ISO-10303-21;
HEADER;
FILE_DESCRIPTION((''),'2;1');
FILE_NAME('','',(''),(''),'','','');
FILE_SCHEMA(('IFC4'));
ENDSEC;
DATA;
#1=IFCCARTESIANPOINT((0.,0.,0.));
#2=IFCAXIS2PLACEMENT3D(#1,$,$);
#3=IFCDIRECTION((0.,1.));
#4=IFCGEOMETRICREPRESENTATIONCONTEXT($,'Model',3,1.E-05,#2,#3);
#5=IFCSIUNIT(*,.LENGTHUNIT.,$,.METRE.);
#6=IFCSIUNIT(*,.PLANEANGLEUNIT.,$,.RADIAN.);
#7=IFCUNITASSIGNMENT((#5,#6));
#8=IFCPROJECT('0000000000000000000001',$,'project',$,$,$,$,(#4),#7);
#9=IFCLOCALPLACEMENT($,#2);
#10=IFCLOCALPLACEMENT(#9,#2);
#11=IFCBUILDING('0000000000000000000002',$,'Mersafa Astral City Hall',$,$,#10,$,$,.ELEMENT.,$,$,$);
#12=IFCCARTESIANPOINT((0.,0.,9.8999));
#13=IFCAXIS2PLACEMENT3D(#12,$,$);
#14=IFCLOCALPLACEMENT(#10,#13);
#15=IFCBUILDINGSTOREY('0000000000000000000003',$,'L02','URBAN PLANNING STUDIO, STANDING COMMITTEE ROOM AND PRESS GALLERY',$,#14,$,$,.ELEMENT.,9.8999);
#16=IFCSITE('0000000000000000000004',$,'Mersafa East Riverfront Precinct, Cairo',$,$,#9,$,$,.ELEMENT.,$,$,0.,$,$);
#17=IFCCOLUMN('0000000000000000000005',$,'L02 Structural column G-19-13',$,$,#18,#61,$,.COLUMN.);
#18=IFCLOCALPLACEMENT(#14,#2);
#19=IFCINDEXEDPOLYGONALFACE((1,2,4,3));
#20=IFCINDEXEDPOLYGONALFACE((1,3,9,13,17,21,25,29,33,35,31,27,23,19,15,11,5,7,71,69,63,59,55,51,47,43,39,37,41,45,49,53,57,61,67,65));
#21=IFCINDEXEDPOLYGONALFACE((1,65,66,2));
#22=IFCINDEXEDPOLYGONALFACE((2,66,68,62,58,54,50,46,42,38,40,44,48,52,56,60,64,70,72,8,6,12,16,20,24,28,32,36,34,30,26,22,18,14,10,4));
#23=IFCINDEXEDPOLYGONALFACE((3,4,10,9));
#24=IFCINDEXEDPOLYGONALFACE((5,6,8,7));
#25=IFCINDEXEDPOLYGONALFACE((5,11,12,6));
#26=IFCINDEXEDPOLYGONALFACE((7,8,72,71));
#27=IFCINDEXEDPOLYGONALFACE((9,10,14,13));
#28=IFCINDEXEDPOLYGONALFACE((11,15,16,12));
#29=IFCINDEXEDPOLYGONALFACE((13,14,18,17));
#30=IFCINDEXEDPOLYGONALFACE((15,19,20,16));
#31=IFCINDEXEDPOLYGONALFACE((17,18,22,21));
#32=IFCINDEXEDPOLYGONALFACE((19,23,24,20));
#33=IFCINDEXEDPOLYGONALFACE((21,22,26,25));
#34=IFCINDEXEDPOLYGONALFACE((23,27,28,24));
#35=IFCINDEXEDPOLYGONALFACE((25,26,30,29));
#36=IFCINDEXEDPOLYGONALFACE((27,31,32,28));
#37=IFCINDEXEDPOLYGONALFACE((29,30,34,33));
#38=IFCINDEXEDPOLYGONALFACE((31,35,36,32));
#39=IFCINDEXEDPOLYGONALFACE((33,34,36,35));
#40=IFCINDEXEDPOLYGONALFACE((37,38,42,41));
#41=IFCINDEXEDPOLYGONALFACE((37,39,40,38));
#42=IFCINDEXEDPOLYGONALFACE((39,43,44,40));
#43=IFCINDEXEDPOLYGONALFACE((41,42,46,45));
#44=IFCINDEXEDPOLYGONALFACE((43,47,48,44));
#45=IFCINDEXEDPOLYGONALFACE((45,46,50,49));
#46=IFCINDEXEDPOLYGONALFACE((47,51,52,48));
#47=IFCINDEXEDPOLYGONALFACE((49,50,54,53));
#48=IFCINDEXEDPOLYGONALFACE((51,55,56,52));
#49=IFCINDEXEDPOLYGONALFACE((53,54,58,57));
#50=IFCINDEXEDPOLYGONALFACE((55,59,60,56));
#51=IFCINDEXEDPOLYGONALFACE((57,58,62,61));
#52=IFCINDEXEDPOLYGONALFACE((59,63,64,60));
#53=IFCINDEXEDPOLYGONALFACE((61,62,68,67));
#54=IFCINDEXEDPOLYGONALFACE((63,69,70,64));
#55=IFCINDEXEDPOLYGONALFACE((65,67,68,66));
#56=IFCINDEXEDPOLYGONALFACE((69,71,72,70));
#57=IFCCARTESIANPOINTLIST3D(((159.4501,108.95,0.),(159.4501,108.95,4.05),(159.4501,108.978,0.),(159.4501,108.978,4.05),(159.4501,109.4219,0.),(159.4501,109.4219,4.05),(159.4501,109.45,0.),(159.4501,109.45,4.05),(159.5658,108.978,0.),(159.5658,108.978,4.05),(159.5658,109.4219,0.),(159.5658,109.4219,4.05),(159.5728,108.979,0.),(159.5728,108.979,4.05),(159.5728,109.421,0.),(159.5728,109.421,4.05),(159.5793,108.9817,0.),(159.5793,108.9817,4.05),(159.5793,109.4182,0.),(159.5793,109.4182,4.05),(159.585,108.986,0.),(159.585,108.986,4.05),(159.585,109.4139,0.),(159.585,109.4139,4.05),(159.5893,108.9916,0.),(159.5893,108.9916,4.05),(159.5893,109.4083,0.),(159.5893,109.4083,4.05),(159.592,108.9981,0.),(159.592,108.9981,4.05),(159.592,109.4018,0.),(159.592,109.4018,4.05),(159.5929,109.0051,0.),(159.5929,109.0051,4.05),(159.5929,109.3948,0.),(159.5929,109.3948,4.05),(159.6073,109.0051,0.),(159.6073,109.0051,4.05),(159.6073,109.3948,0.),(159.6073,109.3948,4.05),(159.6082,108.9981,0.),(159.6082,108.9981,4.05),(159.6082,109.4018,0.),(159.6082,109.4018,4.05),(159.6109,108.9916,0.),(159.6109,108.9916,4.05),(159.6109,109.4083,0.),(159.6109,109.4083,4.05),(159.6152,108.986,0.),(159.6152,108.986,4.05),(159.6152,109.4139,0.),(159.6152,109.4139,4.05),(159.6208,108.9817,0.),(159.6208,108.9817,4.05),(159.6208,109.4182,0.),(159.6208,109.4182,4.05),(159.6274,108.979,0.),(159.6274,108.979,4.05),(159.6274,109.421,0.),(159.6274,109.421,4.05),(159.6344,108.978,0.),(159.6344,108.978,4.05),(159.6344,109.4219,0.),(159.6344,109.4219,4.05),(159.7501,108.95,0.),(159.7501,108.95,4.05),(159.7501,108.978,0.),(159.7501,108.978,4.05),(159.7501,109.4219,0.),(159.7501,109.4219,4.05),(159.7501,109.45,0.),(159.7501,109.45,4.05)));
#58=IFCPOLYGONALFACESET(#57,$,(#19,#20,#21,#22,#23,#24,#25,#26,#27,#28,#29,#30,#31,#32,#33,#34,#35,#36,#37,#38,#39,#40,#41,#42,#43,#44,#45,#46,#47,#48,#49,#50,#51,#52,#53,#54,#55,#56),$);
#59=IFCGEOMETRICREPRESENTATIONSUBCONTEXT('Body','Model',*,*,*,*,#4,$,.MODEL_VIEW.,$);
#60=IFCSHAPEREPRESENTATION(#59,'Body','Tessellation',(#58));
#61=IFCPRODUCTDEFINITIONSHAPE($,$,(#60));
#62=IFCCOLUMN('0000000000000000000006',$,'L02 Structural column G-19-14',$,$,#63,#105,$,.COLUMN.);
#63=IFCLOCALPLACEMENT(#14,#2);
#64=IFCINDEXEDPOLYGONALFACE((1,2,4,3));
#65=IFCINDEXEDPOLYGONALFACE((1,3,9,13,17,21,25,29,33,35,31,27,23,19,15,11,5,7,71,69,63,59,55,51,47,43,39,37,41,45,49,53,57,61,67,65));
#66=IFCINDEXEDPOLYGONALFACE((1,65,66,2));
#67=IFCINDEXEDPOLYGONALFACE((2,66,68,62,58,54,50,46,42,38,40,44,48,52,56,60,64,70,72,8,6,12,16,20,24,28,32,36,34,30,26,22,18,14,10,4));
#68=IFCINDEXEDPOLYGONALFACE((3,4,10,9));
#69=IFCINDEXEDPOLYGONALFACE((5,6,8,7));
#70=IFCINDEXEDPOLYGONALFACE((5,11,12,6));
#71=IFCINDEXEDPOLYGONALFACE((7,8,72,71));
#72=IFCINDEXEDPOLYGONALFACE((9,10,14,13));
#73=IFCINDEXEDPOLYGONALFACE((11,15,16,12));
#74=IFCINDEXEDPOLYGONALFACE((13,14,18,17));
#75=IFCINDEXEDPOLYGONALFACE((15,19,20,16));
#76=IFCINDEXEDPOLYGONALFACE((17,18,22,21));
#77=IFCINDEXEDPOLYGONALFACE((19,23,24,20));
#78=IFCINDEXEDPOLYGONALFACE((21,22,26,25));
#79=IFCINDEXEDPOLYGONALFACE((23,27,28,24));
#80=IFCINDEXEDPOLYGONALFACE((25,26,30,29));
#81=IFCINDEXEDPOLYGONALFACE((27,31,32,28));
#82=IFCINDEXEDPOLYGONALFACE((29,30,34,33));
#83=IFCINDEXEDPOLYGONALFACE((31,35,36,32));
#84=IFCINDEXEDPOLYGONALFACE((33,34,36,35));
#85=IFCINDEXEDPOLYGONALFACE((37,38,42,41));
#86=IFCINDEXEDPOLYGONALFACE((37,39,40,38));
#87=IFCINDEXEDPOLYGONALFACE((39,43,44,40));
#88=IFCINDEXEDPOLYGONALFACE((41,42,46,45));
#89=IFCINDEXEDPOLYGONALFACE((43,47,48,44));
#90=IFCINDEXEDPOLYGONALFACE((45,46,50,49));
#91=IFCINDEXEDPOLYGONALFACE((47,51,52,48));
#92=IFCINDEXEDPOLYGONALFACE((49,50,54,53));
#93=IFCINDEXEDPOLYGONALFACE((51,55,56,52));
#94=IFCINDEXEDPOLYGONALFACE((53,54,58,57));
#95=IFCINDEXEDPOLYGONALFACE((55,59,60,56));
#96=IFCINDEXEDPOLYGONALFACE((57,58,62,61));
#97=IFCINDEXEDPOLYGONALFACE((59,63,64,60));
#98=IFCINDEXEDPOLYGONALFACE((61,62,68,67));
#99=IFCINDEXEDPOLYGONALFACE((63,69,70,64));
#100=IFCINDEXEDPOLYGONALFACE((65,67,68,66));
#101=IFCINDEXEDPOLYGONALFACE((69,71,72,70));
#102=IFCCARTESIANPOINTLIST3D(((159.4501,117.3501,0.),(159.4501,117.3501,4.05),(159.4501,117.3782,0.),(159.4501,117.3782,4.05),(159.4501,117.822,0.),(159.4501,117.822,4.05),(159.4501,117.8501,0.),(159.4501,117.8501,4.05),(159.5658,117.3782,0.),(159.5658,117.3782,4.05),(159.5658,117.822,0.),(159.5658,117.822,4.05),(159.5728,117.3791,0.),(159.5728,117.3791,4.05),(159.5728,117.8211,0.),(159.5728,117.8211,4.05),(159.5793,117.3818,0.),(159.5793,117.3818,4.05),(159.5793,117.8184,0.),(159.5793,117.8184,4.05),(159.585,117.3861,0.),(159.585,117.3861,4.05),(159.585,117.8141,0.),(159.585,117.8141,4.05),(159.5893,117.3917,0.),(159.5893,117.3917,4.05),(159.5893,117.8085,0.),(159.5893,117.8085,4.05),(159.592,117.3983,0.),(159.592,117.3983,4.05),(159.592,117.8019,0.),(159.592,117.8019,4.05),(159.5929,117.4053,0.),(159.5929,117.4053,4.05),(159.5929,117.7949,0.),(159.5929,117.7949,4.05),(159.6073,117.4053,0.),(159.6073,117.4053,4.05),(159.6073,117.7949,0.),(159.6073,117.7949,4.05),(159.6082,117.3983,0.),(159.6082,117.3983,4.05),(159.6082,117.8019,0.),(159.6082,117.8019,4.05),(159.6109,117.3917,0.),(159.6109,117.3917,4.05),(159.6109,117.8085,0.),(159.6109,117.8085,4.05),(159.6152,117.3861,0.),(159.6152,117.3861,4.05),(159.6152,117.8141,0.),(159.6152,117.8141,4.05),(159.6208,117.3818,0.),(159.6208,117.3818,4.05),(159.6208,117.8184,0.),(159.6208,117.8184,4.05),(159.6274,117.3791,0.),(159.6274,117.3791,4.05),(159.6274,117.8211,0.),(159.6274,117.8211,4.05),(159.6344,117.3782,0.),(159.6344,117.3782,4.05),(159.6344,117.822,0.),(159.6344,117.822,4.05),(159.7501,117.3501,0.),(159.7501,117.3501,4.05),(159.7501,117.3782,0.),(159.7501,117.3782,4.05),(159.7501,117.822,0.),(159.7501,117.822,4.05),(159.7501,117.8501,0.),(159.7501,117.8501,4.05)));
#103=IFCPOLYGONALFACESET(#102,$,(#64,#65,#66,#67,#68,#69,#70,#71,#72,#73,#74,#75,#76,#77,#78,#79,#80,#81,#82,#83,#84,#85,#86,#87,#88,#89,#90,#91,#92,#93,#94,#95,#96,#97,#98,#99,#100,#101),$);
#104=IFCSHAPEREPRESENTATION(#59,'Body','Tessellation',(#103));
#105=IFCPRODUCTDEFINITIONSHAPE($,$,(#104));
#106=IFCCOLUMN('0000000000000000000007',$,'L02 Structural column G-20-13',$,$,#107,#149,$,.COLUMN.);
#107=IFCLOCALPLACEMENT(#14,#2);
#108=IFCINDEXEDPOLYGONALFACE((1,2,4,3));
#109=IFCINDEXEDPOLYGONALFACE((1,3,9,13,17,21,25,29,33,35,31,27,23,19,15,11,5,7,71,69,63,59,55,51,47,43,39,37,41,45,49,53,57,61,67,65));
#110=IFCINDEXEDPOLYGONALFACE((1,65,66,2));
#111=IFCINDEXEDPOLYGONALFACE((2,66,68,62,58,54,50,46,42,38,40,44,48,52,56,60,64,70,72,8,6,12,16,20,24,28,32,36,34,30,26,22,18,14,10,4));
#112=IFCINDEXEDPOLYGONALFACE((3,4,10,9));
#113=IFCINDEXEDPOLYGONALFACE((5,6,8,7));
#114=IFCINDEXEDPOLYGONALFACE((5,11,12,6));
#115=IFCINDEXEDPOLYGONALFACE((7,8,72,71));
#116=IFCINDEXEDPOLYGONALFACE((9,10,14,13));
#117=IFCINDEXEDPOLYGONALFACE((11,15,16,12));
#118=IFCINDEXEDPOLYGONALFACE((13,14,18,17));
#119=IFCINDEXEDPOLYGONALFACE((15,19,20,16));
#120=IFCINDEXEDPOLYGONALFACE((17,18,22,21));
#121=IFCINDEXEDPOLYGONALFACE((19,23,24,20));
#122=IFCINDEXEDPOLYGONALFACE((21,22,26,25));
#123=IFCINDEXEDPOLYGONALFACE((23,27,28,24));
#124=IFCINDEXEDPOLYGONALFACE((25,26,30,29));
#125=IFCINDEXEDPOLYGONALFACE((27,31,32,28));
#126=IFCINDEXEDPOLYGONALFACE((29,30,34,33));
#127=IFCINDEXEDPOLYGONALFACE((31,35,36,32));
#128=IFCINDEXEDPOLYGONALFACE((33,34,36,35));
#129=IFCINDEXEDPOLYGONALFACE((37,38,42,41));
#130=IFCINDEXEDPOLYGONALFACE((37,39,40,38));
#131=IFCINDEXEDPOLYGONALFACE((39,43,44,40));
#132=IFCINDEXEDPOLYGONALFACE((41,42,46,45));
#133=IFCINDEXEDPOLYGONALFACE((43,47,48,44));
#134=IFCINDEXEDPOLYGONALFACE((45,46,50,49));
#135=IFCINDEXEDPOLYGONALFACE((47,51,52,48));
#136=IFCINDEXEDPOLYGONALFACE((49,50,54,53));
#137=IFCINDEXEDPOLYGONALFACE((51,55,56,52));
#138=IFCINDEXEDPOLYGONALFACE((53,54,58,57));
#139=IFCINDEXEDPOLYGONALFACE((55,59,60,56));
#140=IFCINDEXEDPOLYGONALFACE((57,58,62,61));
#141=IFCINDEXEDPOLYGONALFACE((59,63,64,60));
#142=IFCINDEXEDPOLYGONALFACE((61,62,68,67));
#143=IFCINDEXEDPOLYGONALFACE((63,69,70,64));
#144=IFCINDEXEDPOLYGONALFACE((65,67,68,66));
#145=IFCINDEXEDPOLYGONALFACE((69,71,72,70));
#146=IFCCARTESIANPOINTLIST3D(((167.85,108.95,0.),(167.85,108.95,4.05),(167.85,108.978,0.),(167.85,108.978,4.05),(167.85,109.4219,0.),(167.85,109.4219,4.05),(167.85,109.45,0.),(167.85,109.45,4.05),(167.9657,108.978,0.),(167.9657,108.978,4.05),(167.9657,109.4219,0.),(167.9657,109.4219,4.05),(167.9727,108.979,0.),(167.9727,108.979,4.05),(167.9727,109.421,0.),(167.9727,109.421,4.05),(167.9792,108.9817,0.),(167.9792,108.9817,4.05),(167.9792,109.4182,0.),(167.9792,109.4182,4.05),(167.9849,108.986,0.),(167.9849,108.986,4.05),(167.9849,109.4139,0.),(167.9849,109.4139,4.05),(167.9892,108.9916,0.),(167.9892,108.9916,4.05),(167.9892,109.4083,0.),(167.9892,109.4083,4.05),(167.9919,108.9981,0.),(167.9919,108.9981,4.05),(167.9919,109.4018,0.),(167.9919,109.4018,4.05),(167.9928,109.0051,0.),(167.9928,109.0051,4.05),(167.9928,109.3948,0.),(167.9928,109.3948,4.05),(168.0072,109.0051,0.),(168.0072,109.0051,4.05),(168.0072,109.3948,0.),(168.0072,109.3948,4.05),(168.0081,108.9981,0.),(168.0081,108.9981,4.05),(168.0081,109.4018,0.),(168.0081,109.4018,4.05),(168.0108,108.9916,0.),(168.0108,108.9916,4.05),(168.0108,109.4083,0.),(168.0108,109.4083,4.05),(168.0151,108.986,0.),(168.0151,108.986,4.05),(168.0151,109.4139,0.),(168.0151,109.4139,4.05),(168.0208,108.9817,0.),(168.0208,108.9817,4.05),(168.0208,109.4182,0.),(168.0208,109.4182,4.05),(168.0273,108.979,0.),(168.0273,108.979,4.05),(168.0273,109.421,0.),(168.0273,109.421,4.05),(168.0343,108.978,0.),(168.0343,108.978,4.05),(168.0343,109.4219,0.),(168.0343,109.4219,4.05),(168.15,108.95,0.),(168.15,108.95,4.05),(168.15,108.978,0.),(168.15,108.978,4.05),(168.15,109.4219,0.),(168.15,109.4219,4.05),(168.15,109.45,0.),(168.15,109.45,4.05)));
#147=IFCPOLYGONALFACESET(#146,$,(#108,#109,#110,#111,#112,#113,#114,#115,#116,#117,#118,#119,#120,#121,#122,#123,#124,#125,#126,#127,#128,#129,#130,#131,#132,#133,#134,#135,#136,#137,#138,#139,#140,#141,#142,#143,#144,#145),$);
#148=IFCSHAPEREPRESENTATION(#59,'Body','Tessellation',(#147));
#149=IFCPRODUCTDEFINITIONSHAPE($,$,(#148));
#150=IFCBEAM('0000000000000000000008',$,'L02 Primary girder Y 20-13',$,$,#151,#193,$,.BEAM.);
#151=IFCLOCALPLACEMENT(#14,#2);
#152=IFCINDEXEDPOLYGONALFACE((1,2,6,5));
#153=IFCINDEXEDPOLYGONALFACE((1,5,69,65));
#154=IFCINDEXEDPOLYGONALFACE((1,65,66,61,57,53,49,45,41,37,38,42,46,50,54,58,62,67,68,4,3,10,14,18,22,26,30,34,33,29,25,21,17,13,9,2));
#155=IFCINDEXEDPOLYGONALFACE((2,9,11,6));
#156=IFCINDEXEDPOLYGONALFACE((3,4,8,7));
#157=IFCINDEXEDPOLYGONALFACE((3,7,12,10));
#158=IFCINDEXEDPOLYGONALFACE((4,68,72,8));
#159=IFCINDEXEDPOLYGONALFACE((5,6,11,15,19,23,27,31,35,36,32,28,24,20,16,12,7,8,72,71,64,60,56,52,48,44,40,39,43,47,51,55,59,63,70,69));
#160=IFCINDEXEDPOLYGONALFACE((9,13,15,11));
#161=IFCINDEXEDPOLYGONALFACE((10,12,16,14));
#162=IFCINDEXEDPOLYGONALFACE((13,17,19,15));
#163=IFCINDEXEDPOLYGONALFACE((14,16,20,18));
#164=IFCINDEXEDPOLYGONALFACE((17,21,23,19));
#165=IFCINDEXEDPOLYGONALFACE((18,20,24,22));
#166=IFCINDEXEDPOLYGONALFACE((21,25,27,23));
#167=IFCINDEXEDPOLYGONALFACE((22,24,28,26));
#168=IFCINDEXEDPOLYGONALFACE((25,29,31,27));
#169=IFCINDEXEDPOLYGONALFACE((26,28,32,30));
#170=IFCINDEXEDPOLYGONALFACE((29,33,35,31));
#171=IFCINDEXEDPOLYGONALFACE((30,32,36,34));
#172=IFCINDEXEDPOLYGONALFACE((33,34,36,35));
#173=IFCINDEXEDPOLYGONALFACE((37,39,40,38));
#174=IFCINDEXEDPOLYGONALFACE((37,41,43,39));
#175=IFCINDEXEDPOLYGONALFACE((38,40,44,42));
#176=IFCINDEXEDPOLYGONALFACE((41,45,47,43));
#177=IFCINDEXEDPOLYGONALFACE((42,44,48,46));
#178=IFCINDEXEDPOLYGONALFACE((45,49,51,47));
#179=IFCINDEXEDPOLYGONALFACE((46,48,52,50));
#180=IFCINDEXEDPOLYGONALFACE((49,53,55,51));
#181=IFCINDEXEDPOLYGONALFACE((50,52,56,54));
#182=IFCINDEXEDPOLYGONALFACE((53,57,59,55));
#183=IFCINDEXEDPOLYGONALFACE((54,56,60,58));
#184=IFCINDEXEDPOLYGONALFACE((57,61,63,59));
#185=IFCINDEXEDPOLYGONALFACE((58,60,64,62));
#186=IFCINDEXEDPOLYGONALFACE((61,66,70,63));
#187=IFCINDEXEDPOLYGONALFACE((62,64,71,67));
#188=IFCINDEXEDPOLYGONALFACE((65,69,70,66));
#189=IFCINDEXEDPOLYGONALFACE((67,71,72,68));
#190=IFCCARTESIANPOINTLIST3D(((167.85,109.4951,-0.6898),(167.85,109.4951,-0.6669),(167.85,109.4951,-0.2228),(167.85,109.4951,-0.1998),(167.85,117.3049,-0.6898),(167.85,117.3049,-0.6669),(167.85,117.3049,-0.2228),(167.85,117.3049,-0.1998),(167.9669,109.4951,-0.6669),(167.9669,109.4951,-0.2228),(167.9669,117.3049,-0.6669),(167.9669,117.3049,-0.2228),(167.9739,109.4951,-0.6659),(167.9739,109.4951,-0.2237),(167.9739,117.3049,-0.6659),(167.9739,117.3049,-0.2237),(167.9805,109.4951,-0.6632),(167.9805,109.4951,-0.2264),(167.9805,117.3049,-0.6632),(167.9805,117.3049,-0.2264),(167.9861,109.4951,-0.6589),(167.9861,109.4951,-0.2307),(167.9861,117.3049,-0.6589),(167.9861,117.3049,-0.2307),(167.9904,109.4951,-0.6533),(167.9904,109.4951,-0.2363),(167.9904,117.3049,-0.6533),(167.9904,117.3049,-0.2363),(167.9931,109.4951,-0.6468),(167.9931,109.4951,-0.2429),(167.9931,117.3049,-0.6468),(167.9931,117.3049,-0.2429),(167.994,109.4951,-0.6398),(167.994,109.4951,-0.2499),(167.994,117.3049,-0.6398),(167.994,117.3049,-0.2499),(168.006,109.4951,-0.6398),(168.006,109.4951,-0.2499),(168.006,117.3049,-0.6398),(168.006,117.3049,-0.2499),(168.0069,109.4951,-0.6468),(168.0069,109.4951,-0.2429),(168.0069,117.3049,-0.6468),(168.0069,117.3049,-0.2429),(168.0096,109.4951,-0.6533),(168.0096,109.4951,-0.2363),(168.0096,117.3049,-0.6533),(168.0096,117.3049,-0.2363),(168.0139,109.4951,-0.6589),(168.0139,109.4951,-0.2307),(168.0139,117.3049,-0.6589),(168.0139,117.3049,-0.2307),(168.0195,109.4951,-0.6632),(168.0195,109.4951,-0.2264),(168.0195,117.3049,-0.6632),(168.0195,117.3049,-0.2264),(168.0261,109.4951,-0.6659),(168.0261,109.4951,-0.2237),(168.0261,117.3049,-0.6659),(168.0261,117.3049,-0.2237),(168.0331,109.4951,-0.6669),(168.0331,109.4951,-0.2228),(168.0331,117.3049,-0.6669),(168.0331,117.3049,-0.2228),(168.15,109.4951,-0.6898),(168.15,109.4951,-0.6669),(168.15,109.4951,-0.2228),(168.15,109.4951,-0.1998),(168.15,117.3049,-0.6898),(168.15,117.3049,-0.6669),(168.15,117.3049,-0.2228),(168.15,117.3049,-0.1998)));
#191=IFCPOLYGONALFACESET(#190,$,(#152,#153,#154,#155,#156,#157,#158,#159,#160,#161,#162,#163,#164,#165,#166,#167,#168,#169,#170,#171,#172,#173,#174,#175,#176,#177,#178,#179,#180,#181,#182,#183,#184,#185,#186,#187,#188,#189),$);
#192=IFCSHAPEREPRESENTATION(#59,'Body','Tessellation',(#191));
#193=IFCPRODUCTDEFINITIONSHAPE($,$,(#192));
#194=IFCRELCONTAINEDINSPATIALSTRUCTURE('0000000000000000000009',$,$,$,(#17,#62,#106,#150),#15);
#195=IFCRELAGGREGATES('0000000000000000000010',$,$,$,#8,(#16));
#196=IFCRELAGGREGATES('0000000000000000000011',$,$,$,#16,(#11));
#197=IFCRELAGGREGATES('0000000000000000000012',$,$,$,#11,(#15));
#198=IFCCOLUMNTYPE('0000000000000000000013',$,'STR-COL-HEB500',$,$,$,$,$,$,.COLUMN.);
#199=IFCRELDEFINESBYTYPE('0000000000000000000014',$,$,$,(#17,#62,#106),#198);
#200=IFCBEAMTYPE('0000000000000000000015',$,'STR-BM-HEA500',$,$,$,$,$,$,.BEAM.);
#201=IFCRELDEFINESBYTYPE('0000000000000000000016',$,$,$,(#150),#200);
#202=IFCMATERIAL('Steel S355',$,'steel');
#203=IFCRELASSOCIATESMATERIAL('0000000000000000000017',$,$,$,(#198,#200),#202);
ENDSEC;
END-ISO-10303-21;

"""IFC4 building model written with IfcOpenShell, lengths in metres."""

from ifc_helpers import new_model, si_unit, direction, frame, origin, origin_2d, place, context, subcontext, project, spatial, i_section, extrude, material, material_profile, profile_set, type_object, element, save


model = new_model("IFC4")

# Units and contexts
model_context = context("Model", 3, precision=1e-05, world=origin(), true_north=direction((0.0, 1.0)))
body_context = subcontext(model_context, "Body", "Model", "MODEL_VIEW")
ifc_project = project(units=[si_unit("LENGTHUNIT", "METRE"), si_unit("PLANEANGLEUNIT", "RADIAN")], contexts=[model_context])

# Site, building, storey
site_placement = place(None, origin())
site = spatial("IfcSite", under=ifc_project, at=site_placement, Name="Mersafa East Riverfront Precinct, Cairo", CompositionType="ELEMENT", RefElevation=0.0)
building_placement = place(site_placement, origin())
building = spatial("IfcBuilding", under=site, at=building_placement, Name="Mersafa Astral City Hall", CompositionType="ELEMENT")
storey_placement = place(building_placement, frame((0.0, 0.0, 9.8999)))
storey = spatial("IfcBuildingStorey", under=building, at=storey_placement, Name="L02", Description="URBAN PLANNING STUDIO, STANDING COMMITTEE ROOM AND PRESS GALLERY", CompositionType="ELEMENT", Elevation=9.8999)

# Columns
ifc_material_1 = material(Name="Steel S355", Category="steel")
ifc_material_profile_1 = material_profile(ifc_material_1, i_section(OverallWidth=0.3, OverallDepth=0.5, WebThickness=0.0144, FlangeThickness=0.0281, FilletRadius=0.0271, at=origin_2d()), Name="HEB 500")
ifc_profile_set_1 = profile_set([ifc_material_profile_1], Name="Steel S355")
column_type = type_object("IfcColumnType", Name="STR-COL-HEB500", PredefinedType="COLUMN", material=ifc_profile_set_1)
for number, where, z_axis, x_axis, name in (
    (1, (159.6001, 109.2, 0.0), (0.0, 0.0, 1.0), (1.0, 0.0, 0.0), "L02 Structural column G-19-13"),
    (2, (159.6001, 117.6001, 0.0), (0.0, 0.0, 1.0), (1.0, 0.0, 0.0), "L02 Structural column G-19-14"),
    (3, (168.0, 109.2, 0.0), (0.0, 0.0, 1.0), (1.0, 0.0, 0.0), "L02 Structural column G-20-13"),
):
    element("IfcColumn", number, at=place(storey_placement, frame(where, z_axis=z_axis, x_axis=x_axis)), inside=storey, type_object=column_type, Name=name, PredefinedType="COLUMN", context=body_context, shape_type="SweptSolid", body=[
        extrude(i_section(OverallWidth=0.3, OverallDepth=0.5, WebThickness=0.0144, FlangeThickness=0.0281, FilletRadius=0.0271, at=origin_2d()), origin(), (0.0, 0.0, 1.0), 4.05),
    ])

# Beam
ifc_material_profile_2 = material_profile(ifc_material_1, i_section(OverallWidth=0.3, OverallDepth=0.49, WebThickness=0.012, FlangeThickness=0.0229, FilletRadius=0.0271, at=origin_2d()), Name="HEA 500")
ifc_profile_set_2 = profile_set([ifc_material_profile_2], Name="Steel S355")
beam_type_1 = type_object("IfcBeamType", Name="STR-BM-HEA500", PredefinedType="BEAM", material=ifc_profile_set_2)
beam_1_placement = place(storey_placement, frame((168.0, 109.4951, -0.4448), z_axis=(0.0, 1.0, 0.0), x_axis=(-1.0, 0.0, 0.0)))
element("IfcBeam", 4, at=beam_1_placement, inside=storey, type_object=beam_type_1, Name="L02 Primary girder Y 20-13", PredefinedType="BEAM", context=body_context, shape_type="SweptSolid", body=[
    extrude(i_section(OverallWidth=0.3, OverallDepth=0.49, WebThickness=0.012, FlangeThickness=0.0229, FilletRadius=0.0271, at=origin_2d()), origin(), (0.0, 0.0, 1.0), 7.8098),
])

save(model, "model.ifc")
